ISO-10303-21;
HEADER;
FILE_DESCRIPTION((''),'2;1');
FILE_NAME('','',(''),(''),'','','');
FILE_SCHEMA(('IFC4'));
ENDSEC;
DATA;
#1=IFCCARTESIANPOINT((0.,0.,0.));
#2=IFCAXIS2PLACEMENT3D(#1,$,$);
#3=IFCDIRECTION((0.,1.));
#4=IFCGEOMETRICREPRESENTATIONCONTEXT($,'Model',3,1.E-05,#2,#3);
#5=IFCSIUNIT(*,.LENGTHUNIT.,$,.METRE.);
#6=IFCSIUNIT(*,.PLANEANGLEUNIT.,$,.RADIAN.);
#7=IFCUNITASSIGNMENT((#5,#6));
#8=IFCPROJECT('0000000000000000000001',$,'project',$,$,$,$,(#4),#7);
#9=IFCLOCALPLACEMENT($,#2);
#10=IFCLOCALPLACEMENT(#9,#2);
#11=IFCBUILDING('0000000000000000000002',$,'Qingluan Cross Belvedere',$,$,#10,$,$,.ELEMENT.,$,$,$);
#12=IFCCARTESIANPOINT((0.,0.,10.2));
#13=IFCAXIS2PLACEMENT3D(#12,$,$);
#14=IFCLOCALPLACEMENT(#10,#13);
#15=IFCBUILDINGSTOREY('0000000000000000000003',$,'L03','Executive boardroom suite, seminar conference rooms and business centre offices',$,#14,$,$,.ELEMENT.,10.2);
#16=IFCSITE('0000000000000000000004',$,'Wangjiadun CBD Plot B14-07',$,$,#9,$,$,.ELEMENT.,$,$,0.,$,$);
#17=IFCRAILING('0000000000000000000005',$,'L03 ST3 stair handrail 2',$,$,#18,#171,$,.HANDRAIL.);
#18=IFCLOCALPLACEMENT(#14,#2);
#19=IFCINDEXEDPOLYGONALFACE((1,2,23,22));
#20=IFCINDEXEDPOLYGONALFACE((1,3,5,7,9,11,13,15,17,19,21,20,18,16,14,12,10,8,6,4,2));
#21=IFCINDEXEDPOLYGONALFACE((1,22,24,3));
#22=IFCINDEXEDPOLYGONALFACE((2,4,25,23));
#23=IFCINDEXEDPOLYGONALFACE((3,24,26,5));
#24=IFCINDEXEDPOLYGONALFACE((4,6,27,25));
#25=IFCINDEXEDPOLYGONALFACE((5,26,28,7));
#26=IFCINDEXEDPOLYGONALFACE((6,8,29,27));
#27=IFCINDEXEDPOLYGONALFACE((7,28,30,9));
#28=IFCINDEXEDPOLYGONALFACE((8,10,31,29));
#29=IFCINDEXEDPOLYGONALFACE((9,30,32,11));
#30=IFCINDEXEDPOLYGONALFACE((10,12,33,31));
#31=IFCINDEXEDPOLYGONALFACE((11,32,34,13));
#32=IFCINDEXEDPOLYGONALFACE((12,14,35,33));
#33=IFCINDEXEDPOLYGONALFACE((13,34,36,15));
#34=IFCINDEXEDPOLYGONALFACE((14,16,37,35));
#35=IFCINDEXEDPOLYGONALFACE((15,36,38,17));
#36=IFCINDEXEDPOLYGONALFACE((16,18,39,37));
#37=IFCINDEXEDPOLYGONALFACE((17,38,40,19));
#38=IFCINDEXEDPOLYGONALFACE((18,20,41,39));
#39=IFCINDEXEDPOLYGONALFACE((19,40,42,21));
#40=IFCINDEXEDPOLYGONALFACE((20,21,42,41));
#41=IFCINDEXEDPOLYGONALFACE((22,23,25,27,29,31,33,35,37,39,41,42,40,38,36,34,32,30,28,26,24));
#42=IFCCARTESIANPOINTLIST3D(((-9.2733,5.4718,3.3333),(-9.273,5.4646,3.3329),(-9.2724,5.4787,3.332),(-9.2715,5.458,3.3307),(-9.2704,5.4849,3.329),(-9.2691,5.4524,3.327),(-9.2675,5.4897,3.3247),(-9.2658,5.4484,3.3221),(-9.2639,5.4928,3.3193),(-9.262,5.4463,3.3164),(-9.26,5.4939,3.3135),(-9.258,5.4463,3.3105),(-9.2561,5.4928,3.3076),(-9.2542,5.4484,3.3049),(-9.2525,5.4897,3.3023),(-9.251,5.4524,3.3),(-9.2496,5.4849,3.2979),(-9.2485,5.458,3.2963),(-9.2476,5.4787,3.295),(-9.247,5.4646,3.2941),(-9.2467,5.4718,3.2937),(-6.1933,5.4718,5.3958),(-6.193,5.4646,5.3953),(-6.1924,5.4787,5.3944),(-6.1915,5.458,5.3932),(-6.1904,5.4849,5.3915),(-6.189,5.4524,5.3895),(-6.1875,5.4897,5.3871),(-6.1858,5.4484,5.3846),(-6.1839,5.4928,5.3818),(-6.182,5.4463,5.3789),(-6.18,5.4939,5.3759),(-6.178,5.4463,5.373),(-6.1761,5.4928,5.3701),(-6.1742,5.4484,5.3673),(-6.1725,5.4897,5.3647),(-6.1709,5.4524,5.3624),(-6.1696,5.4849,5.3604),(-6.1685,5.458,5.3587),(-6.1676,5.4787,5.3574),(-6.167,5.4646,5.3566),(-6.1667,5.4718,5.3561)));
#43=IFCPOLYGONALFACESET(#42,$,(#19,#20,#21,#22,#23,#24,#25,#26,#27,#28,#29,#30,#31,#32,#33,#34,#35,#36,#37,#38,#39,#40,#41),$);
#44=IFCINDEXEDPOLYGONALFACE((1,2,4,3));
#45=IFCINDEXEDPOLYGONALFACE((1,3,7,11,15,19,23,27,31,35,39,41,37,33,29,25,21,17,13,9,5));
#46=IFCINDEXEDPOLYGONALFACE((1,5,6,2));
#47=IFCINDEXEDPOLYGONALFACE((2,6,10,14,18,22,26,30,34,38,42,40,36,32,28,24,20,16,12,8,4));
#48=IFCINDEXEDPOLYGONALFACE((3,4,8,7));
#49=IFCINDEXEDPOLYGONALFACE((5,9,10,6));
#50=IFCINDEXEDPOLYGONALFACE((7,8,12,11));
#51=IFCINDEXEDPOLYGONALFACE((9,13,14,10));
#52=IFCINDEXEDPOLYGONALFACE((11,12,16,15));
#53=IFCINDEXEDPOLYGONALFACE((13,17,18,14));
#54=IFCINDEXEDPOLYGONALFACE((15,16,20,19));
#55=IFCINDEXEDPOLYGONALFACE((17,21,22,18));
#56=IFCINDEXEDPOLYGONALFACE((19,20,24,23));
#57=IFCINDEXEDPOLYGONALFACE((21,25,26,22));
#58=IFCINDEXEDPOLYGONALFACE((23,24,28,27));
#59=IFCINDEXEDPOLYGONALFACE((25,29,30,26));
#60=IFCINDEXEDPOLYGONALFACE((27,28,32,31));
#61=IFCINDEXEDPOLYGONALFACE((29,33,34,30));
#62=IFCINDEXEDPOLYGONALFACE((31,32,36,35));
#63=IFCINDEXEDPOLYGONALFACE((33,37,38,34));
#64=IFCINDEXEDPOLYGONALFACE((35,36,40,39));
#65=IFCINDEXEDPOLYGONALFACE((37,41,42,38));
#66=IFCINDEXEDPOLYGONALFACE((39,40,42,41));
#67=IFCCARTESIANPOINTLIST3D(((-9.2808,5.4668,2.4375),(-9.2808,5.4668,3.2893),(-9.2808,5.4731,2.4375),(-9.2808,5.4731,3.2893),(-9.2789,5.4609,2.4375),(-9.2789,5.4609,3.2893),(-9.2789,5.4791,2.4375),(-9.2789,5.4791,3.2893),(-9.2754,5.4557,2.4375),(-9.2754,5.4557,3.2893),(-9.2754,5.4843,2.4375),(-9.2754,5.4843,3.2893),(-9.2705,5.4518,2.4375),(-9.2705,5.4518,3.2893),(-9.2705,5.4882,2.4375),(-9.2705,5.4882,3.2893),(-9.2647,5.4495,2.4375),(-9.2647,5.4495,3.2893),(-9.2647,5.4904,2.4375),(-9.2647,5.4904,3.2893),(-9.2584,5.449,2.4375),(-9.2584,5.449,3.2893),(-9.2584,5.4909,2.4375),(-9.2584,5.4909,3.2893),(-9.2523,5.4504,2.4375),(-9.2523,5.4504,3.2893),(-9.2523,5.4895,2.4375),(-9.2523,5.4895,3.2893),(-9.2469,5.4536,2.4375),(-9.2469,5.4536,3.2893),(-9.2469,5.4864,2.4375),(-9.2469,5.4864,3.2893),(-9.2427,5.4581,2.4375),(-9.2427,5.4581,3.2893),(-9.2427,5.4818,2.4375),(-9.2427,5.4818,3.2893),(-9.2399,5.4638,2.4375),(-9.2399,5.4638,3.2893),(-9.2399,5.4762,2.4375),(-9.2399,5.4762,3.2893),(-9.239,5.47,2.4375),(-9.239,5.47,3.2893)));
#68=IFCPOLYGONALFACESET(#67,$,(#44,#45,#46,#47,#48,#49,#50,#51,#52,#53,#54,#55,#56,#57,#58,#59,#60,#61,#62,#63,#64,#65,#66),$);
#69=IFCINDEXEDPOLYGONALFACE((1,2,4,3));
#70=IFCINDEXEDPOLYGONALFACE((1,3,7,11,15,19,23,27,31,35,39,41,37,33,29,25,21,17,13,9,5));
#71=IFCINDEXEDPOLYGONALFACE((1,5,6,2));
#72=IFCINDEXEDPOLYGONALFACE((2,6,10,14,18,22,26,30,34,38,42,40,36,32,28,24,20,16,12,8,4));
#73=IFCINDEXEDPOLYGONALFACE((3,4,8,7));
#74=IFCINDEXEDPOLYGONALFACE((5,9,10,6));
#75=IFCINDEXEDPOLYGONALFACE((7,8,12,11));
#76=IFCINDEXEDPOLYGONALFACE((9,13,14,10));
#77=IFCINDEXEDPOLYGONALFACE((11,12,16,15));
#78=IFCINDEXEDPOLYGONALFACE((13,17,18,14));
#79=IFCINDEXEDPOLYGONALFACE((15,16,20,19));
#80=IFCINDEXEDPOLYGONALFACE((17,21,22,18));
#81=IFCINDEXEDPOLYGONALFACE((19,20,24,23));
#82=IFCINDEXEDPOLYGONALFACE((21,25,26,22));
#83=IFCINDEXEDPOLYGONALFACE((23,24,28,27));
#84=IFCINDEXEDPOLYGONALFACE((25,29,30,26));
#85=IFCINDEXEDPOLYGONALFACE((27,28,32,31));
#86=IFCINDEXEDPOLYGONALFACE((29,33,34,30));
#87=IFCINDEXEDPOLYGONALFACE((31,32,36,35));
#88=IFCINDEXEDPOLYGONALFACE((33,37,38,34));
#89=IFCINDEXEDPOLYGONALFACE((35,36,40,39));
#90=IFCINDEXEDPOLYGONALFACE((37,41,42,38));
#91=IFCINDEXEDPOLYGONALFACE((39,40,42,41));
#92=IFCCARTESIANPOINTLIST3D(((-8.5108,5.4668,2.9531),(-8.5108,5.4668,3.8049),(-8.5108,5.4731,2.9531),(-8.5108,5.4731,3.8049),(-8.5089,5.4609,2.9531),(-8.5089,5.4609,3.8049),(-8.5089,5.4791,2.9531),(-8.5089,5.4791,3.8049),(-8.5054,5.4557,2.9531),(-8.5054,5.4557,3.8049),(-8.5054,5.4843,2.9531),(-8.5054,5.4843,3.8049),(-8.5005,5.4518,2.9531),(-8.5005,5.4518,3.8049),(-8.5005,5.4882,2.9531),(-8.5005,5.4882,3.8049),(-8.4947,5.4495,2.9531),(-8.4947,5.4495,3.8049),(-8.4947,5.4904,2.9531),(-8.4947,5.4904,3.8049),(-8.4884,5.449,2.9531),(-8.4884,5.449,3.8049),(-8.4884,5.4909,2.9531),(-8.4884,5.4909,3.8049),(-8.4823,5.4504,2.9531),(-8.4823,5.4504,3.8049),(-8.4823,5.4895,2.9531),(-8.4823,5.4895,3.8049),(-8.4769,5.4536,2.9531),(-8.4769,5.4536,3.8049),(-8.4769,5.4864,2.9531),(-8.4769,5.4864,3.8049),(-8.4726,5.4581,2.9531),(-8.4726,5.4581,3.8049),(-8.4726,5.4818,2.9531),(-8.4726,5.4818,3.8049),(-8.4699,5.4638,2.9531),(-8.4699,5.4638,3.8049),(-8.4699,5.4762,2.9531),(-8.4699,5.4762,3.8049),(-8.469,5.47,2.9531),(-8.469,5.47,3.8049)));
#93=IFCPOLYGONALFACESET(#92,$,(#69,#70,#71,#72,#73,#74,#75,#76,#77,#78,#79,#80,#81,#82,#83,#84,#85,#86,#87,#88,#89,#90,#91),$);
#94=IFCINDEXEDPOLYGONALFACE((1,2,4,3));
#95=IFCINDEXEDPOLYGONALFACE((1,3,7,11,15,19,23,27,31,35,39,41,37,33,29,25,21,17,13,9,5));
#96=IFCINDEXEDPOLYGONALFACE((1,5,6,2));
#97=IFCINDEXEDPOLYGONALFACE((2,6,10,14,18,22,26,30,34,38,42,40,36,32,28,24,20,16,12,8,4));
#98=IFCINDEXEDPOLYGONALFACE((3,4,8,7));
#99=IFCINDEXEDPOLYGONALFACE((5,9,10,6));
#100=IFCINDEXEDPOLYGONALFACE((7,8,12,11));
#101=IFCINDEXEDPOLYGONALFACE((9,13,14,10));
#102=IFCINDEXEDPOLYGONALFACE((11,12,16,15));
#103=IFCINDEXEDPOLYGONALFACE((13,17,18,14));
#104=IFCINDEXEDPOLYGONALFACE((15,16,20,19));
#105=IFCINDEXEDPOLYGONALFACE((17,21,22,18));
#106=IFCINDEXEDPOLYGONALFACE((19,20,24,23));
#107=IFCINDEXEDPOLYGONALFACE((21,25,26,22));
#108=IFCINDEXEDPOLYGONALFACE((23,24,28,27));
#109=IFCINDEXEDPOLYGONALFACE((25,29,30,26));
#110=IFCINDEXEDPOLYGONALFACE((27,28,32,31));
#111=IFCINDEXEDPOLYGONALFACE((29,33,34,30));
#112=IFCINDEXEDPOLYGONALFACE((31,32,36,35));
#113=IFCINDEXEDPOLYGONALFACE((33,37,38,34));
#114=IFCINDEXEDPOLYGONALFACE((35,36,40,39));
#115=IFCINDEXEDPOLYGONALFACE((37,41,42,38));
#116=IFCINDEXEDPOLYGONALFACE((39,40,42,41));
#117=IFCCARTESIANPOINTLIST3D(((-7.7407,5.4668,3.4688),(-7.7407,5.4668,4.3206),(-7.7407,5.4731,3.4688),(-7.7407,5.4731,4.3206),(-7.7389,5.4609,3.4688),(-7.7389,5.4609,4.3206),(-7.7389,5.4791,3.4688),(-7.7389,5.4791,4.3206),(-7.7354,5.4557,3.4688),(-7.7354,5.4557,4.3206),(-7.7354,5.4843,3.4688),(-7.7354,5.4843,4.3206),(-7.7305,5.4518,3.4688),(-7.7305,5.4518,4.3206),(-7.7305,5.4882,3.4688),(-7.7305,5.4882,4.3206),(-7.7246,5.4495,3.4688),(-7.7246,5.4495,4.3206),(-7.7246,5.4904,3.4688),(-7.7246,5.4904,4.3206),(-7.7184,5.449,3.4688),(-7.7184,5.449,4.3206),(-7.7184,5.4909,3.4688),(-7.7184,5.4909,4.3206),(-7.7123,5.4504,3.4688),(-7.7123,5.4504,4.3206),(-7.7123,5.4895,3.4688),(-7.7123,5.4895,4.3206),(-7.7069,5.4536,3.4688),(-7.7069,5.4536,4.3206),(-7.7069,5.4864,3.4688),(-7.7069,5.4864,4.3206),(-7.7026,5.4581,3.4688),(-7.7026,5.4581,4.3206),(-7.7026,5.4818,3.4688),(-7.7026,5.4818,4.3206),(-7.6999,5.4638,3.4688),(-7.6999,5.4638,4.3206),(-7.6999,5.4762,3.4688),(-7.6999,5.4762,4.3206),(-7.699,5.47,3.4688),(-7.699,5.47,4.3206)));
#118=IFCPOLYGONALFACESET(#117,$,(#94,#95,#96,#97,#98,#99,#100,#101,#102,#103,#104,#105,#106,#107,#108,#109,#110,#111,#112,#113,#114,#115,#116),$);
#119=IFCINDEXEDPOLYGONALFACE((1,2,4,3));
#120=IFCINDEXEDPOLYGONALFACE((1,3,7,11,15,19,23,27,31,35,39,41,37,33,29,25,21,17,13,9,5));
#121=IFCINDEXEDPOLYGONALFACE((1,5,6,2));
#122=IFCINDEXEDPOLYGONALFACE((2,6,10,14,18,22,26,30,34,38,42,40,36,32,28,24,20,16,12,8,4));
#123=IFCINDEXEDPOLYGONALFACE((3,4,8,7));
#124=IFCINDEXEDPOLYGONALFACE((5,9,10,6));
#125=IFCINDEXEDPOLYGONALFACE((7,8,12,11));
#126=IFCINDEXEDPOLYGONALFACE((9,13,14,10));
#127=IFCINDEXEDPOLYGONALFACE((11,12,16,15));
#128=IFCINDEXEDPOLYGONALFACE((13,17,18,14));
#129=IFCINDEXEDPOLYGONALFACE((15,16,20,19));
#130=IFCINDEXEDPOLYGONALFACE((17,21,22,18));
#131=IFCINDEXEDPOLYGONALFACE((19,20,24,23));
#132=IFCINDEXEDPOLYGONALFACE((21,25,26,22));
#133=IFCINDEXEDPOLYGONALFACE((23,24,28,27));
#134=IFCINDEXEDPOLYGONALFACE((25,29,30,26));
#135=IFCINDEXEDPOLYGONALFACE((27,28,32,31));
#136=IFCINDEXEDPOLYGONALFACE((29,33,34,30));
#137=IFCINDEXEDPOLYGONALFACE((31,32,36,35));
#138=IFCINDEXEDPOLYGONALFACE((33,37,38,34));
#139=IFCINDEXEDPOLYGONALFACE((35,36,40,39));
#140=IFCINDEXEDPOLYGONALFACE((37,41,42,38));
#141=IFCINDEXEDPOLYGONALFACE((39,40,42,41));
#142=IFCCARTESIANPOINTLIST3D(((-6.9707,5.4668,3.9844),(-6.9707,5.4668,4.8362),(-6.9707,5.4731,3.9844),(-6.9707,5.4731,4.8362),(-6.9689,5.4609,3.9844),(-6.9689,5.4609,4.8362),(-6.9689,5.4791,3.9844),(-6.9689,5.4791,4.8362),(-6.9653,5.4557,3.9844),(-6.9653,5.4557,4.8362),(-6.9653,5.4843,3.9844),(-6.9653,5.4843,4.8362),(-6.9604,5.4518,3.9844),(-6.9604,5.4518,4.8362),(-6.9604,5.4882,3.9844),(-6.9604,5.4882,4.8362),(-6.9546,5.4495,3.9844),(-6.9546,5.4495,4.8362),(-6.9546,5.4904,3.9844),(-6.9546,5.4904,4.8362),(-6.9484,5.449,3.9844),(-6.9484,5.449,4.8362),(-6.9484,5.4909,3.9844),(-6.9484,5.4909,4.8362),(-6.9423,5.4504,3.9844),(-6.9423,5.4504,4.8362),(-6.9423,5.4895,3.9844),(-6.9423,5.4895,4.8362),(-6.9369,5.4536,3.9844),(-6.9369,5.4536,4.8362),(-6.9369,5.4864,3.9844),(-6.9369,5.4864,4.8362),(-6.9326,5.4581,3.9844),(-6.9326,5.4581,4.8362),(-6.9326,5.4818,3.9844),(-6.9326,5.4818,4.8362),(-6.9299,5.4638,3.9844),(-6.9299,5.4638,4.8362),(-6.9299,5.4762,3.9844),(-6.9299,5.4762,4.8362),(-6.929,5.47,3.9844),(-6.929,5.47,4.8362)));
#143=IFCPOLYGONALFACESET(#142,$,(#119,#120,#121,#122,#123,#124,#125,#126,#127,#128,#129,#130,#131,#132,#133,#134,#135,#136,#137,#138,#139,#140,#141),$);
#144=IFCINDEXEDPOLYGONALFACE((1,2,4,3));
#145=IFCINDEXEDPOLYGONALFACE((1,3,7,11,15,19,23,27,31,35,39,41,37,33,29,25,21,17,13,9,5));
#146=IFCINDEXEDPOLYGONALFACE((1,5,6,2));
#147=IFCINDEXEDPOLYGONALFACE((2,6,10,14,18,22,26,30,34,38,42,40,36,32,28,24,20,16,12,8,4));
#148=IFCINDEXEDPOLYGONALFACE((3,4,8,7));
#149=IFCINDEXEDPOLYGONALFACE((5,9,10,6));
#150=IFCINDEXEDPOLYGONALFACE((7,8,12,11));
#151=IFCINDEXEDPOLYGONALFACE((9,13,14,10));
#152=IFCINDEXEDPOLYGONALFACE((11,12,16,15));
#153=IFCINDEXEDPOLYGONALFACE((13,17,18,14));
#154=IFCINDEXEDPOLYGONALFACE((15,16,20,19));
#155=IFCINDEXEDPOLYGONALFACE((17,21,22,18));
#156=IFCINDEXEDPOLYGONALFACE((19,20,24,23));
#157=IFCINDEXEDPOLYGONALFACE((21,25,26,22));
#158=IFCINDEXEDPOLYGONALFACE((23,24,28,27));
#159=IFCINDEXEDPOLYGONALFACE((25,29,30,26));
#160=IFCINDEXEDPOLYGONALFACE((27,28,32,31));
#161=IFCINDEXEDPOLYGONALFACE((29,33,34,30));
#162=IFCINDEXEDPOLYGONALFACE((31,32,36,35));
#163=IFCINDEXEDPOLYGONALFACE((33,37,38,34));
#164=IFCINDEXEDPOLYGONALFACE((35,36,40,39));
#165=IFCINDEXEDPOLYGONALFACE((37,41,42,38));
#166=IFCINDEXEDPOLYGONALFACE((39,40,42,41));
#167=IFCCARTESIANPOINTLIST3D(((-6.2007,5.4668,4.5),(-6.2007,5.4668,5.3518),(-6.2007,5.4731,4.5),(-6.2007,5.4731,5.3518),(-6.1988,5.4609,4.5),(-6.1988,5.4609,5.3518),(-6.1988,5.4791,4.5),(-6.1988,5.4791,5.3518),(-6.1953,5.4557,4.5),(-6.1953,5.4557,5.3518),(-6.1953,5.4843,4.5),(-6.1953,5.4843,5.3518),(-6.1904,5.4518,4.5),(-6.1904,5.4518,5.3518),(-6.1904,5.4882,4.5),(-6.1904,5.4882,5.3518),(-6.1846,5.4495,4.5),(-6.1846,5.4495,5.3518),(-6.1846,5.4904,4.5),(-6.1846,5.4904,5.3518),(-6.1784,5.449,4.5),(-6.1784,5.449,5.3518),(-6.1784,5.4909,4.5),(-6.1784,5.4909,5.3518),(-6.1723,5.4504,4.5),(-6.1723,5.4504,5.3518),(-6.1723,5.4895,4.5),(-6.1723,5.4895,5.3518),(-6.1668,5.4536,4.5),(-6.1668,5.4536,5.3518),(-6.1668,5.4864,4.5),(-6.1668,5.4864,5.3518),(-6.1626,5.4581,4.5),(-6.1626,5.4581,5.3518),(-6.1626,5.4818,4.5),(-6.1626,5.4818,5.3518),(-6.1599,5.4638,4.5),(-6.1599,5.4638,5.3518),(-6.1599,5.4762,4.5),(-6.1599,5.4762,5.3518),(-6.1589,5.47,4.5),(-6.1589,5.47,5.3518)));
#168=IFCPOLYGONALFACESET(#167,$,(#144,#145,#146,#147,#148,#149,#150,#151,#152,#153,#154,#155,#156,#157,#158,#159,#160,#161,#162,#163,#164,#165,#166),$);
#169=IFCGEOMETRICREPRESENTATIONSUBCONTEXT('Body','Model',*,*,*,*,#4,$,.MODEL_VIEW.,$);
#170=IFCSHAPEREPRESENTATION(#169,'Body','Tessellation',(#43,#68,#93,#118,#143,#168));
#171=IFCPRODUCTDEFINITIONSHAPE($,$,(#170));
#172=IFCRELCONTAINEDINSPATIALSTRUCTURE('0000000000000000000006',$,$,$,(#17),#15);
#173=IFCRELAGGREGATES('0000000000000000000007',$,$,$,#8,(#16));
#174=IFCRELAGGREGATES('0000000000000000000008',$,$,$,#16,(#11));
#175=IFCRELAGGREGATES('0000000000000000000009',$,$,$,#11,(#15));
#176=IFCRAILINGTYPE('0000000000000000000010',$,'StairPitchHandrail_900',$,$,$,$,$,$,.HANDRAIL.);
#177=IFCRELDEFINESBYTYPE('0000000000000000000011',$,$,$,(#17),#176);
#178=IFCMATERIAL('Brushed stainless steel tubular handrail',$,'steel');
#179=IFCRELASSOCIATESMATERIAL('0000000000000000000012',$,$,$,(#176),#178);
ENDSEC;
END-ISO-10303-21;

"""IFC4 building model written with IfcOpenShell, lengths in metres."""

from ifc_helpers import new_model, si_unit, direction, frame, origin, origin_2d, place, context, subcontext, project, spatial, circle, extrude, material, type_object, element, save


model = new_model("IFC4")

# Units and contexts
model_context = context("Model", 3, precision=1e-05, world=origin(), true_north=direction((0.0, 1.0)))
body_context = subcontext(model_context, "Body", "Model", "MODEL_VIEW")
ifc_project = project(units=[si_unit("LENGTHUNIT", "METRE"), si_unit("PLANEANGLEUNIT", "RADIAN")], contexts=[model_context])

# Site, building, storey
site_placement = place(None, origin())
site = spatial("IfcSite", under=ifc_project, at=site_placement, Name="Wangjiadun CBD Plot B14-07", CompositionType="ELEMENT", RefElevation=0.0)
building_placement = place(site_placement, origin())
building = spatial("IfcBuilding", under=site, at=building_placement, Name="Qingluan Cross Belvedere", CompositionType="ELEMENT")
storey_placement = place(building_placement, frame((0.0, 0.0, 10.2)))
storey = spatial("IfcBuildingStorey", under=building, at=storey_placement, Name="L03", Description="Executive boardroom suite, seminar conference rooms and business centre offices", CompositionType="ELEMENT", Elevation=10.2)

# Railing
ifc_material_1 = material(Name="Brushed stainless steel tubular handrail", Category="steel")
railing_type_1 = type_object("IfcRailingType", Name="StairPitchHandrail_900", PredefinedType="HANDRAIL", material=ifc_material_1)
railing_1_placement = place(storey_placement, frame((-9.26, 5.47, 2.4375)))
element("IfcRailing", 1, at=railing_1_placement, inside=storey, type_object=railing_type_1, Name="L03 ST3 stair handrail 2", PredefinedType="HANDRAIL", context=body_context, shape_type="SweptSolid", body=[
    extrude(circle(Radius=0.0239, at=origin_2d()), frame((0.0, 0.0, 0.876), z_axis=(0.830914, 0.0, 0.556401), x_axis=(0.0, 1.0, 0.0)), (0.0, 0.0, 1.0), 3.7068),
    extrude(circle(Radius=0.021, at=origin_2d()), origin(), (0.0, 0.0, 1.0), 0.8518),
    extrude(circle(Radius=0.021, at=origin_2d()), frame((0.77, 0.0, 0.5156)), (0.0, 0.0, 1.0), 0.8518),
    extrude(circle(Radius=0.021, at=origin_2d()), frame((1.54, 0.0, 1.0312)), (0.0, 0.0, 1.0), 0.8518),
    extrude(circle(Radius=0.021, at=origin_2d()), frame((2.3101, 0.0, 1.5469)), (0.0, 0.0, 1.0), 0.8518),
    extrude(circle(Radius=0.021, at=origin_2d()), frame((3.0801, 0.0, 2.0625)), (0.0, 0.0, 1.0), 0.8518),
])

save(model, "model.ifc")
